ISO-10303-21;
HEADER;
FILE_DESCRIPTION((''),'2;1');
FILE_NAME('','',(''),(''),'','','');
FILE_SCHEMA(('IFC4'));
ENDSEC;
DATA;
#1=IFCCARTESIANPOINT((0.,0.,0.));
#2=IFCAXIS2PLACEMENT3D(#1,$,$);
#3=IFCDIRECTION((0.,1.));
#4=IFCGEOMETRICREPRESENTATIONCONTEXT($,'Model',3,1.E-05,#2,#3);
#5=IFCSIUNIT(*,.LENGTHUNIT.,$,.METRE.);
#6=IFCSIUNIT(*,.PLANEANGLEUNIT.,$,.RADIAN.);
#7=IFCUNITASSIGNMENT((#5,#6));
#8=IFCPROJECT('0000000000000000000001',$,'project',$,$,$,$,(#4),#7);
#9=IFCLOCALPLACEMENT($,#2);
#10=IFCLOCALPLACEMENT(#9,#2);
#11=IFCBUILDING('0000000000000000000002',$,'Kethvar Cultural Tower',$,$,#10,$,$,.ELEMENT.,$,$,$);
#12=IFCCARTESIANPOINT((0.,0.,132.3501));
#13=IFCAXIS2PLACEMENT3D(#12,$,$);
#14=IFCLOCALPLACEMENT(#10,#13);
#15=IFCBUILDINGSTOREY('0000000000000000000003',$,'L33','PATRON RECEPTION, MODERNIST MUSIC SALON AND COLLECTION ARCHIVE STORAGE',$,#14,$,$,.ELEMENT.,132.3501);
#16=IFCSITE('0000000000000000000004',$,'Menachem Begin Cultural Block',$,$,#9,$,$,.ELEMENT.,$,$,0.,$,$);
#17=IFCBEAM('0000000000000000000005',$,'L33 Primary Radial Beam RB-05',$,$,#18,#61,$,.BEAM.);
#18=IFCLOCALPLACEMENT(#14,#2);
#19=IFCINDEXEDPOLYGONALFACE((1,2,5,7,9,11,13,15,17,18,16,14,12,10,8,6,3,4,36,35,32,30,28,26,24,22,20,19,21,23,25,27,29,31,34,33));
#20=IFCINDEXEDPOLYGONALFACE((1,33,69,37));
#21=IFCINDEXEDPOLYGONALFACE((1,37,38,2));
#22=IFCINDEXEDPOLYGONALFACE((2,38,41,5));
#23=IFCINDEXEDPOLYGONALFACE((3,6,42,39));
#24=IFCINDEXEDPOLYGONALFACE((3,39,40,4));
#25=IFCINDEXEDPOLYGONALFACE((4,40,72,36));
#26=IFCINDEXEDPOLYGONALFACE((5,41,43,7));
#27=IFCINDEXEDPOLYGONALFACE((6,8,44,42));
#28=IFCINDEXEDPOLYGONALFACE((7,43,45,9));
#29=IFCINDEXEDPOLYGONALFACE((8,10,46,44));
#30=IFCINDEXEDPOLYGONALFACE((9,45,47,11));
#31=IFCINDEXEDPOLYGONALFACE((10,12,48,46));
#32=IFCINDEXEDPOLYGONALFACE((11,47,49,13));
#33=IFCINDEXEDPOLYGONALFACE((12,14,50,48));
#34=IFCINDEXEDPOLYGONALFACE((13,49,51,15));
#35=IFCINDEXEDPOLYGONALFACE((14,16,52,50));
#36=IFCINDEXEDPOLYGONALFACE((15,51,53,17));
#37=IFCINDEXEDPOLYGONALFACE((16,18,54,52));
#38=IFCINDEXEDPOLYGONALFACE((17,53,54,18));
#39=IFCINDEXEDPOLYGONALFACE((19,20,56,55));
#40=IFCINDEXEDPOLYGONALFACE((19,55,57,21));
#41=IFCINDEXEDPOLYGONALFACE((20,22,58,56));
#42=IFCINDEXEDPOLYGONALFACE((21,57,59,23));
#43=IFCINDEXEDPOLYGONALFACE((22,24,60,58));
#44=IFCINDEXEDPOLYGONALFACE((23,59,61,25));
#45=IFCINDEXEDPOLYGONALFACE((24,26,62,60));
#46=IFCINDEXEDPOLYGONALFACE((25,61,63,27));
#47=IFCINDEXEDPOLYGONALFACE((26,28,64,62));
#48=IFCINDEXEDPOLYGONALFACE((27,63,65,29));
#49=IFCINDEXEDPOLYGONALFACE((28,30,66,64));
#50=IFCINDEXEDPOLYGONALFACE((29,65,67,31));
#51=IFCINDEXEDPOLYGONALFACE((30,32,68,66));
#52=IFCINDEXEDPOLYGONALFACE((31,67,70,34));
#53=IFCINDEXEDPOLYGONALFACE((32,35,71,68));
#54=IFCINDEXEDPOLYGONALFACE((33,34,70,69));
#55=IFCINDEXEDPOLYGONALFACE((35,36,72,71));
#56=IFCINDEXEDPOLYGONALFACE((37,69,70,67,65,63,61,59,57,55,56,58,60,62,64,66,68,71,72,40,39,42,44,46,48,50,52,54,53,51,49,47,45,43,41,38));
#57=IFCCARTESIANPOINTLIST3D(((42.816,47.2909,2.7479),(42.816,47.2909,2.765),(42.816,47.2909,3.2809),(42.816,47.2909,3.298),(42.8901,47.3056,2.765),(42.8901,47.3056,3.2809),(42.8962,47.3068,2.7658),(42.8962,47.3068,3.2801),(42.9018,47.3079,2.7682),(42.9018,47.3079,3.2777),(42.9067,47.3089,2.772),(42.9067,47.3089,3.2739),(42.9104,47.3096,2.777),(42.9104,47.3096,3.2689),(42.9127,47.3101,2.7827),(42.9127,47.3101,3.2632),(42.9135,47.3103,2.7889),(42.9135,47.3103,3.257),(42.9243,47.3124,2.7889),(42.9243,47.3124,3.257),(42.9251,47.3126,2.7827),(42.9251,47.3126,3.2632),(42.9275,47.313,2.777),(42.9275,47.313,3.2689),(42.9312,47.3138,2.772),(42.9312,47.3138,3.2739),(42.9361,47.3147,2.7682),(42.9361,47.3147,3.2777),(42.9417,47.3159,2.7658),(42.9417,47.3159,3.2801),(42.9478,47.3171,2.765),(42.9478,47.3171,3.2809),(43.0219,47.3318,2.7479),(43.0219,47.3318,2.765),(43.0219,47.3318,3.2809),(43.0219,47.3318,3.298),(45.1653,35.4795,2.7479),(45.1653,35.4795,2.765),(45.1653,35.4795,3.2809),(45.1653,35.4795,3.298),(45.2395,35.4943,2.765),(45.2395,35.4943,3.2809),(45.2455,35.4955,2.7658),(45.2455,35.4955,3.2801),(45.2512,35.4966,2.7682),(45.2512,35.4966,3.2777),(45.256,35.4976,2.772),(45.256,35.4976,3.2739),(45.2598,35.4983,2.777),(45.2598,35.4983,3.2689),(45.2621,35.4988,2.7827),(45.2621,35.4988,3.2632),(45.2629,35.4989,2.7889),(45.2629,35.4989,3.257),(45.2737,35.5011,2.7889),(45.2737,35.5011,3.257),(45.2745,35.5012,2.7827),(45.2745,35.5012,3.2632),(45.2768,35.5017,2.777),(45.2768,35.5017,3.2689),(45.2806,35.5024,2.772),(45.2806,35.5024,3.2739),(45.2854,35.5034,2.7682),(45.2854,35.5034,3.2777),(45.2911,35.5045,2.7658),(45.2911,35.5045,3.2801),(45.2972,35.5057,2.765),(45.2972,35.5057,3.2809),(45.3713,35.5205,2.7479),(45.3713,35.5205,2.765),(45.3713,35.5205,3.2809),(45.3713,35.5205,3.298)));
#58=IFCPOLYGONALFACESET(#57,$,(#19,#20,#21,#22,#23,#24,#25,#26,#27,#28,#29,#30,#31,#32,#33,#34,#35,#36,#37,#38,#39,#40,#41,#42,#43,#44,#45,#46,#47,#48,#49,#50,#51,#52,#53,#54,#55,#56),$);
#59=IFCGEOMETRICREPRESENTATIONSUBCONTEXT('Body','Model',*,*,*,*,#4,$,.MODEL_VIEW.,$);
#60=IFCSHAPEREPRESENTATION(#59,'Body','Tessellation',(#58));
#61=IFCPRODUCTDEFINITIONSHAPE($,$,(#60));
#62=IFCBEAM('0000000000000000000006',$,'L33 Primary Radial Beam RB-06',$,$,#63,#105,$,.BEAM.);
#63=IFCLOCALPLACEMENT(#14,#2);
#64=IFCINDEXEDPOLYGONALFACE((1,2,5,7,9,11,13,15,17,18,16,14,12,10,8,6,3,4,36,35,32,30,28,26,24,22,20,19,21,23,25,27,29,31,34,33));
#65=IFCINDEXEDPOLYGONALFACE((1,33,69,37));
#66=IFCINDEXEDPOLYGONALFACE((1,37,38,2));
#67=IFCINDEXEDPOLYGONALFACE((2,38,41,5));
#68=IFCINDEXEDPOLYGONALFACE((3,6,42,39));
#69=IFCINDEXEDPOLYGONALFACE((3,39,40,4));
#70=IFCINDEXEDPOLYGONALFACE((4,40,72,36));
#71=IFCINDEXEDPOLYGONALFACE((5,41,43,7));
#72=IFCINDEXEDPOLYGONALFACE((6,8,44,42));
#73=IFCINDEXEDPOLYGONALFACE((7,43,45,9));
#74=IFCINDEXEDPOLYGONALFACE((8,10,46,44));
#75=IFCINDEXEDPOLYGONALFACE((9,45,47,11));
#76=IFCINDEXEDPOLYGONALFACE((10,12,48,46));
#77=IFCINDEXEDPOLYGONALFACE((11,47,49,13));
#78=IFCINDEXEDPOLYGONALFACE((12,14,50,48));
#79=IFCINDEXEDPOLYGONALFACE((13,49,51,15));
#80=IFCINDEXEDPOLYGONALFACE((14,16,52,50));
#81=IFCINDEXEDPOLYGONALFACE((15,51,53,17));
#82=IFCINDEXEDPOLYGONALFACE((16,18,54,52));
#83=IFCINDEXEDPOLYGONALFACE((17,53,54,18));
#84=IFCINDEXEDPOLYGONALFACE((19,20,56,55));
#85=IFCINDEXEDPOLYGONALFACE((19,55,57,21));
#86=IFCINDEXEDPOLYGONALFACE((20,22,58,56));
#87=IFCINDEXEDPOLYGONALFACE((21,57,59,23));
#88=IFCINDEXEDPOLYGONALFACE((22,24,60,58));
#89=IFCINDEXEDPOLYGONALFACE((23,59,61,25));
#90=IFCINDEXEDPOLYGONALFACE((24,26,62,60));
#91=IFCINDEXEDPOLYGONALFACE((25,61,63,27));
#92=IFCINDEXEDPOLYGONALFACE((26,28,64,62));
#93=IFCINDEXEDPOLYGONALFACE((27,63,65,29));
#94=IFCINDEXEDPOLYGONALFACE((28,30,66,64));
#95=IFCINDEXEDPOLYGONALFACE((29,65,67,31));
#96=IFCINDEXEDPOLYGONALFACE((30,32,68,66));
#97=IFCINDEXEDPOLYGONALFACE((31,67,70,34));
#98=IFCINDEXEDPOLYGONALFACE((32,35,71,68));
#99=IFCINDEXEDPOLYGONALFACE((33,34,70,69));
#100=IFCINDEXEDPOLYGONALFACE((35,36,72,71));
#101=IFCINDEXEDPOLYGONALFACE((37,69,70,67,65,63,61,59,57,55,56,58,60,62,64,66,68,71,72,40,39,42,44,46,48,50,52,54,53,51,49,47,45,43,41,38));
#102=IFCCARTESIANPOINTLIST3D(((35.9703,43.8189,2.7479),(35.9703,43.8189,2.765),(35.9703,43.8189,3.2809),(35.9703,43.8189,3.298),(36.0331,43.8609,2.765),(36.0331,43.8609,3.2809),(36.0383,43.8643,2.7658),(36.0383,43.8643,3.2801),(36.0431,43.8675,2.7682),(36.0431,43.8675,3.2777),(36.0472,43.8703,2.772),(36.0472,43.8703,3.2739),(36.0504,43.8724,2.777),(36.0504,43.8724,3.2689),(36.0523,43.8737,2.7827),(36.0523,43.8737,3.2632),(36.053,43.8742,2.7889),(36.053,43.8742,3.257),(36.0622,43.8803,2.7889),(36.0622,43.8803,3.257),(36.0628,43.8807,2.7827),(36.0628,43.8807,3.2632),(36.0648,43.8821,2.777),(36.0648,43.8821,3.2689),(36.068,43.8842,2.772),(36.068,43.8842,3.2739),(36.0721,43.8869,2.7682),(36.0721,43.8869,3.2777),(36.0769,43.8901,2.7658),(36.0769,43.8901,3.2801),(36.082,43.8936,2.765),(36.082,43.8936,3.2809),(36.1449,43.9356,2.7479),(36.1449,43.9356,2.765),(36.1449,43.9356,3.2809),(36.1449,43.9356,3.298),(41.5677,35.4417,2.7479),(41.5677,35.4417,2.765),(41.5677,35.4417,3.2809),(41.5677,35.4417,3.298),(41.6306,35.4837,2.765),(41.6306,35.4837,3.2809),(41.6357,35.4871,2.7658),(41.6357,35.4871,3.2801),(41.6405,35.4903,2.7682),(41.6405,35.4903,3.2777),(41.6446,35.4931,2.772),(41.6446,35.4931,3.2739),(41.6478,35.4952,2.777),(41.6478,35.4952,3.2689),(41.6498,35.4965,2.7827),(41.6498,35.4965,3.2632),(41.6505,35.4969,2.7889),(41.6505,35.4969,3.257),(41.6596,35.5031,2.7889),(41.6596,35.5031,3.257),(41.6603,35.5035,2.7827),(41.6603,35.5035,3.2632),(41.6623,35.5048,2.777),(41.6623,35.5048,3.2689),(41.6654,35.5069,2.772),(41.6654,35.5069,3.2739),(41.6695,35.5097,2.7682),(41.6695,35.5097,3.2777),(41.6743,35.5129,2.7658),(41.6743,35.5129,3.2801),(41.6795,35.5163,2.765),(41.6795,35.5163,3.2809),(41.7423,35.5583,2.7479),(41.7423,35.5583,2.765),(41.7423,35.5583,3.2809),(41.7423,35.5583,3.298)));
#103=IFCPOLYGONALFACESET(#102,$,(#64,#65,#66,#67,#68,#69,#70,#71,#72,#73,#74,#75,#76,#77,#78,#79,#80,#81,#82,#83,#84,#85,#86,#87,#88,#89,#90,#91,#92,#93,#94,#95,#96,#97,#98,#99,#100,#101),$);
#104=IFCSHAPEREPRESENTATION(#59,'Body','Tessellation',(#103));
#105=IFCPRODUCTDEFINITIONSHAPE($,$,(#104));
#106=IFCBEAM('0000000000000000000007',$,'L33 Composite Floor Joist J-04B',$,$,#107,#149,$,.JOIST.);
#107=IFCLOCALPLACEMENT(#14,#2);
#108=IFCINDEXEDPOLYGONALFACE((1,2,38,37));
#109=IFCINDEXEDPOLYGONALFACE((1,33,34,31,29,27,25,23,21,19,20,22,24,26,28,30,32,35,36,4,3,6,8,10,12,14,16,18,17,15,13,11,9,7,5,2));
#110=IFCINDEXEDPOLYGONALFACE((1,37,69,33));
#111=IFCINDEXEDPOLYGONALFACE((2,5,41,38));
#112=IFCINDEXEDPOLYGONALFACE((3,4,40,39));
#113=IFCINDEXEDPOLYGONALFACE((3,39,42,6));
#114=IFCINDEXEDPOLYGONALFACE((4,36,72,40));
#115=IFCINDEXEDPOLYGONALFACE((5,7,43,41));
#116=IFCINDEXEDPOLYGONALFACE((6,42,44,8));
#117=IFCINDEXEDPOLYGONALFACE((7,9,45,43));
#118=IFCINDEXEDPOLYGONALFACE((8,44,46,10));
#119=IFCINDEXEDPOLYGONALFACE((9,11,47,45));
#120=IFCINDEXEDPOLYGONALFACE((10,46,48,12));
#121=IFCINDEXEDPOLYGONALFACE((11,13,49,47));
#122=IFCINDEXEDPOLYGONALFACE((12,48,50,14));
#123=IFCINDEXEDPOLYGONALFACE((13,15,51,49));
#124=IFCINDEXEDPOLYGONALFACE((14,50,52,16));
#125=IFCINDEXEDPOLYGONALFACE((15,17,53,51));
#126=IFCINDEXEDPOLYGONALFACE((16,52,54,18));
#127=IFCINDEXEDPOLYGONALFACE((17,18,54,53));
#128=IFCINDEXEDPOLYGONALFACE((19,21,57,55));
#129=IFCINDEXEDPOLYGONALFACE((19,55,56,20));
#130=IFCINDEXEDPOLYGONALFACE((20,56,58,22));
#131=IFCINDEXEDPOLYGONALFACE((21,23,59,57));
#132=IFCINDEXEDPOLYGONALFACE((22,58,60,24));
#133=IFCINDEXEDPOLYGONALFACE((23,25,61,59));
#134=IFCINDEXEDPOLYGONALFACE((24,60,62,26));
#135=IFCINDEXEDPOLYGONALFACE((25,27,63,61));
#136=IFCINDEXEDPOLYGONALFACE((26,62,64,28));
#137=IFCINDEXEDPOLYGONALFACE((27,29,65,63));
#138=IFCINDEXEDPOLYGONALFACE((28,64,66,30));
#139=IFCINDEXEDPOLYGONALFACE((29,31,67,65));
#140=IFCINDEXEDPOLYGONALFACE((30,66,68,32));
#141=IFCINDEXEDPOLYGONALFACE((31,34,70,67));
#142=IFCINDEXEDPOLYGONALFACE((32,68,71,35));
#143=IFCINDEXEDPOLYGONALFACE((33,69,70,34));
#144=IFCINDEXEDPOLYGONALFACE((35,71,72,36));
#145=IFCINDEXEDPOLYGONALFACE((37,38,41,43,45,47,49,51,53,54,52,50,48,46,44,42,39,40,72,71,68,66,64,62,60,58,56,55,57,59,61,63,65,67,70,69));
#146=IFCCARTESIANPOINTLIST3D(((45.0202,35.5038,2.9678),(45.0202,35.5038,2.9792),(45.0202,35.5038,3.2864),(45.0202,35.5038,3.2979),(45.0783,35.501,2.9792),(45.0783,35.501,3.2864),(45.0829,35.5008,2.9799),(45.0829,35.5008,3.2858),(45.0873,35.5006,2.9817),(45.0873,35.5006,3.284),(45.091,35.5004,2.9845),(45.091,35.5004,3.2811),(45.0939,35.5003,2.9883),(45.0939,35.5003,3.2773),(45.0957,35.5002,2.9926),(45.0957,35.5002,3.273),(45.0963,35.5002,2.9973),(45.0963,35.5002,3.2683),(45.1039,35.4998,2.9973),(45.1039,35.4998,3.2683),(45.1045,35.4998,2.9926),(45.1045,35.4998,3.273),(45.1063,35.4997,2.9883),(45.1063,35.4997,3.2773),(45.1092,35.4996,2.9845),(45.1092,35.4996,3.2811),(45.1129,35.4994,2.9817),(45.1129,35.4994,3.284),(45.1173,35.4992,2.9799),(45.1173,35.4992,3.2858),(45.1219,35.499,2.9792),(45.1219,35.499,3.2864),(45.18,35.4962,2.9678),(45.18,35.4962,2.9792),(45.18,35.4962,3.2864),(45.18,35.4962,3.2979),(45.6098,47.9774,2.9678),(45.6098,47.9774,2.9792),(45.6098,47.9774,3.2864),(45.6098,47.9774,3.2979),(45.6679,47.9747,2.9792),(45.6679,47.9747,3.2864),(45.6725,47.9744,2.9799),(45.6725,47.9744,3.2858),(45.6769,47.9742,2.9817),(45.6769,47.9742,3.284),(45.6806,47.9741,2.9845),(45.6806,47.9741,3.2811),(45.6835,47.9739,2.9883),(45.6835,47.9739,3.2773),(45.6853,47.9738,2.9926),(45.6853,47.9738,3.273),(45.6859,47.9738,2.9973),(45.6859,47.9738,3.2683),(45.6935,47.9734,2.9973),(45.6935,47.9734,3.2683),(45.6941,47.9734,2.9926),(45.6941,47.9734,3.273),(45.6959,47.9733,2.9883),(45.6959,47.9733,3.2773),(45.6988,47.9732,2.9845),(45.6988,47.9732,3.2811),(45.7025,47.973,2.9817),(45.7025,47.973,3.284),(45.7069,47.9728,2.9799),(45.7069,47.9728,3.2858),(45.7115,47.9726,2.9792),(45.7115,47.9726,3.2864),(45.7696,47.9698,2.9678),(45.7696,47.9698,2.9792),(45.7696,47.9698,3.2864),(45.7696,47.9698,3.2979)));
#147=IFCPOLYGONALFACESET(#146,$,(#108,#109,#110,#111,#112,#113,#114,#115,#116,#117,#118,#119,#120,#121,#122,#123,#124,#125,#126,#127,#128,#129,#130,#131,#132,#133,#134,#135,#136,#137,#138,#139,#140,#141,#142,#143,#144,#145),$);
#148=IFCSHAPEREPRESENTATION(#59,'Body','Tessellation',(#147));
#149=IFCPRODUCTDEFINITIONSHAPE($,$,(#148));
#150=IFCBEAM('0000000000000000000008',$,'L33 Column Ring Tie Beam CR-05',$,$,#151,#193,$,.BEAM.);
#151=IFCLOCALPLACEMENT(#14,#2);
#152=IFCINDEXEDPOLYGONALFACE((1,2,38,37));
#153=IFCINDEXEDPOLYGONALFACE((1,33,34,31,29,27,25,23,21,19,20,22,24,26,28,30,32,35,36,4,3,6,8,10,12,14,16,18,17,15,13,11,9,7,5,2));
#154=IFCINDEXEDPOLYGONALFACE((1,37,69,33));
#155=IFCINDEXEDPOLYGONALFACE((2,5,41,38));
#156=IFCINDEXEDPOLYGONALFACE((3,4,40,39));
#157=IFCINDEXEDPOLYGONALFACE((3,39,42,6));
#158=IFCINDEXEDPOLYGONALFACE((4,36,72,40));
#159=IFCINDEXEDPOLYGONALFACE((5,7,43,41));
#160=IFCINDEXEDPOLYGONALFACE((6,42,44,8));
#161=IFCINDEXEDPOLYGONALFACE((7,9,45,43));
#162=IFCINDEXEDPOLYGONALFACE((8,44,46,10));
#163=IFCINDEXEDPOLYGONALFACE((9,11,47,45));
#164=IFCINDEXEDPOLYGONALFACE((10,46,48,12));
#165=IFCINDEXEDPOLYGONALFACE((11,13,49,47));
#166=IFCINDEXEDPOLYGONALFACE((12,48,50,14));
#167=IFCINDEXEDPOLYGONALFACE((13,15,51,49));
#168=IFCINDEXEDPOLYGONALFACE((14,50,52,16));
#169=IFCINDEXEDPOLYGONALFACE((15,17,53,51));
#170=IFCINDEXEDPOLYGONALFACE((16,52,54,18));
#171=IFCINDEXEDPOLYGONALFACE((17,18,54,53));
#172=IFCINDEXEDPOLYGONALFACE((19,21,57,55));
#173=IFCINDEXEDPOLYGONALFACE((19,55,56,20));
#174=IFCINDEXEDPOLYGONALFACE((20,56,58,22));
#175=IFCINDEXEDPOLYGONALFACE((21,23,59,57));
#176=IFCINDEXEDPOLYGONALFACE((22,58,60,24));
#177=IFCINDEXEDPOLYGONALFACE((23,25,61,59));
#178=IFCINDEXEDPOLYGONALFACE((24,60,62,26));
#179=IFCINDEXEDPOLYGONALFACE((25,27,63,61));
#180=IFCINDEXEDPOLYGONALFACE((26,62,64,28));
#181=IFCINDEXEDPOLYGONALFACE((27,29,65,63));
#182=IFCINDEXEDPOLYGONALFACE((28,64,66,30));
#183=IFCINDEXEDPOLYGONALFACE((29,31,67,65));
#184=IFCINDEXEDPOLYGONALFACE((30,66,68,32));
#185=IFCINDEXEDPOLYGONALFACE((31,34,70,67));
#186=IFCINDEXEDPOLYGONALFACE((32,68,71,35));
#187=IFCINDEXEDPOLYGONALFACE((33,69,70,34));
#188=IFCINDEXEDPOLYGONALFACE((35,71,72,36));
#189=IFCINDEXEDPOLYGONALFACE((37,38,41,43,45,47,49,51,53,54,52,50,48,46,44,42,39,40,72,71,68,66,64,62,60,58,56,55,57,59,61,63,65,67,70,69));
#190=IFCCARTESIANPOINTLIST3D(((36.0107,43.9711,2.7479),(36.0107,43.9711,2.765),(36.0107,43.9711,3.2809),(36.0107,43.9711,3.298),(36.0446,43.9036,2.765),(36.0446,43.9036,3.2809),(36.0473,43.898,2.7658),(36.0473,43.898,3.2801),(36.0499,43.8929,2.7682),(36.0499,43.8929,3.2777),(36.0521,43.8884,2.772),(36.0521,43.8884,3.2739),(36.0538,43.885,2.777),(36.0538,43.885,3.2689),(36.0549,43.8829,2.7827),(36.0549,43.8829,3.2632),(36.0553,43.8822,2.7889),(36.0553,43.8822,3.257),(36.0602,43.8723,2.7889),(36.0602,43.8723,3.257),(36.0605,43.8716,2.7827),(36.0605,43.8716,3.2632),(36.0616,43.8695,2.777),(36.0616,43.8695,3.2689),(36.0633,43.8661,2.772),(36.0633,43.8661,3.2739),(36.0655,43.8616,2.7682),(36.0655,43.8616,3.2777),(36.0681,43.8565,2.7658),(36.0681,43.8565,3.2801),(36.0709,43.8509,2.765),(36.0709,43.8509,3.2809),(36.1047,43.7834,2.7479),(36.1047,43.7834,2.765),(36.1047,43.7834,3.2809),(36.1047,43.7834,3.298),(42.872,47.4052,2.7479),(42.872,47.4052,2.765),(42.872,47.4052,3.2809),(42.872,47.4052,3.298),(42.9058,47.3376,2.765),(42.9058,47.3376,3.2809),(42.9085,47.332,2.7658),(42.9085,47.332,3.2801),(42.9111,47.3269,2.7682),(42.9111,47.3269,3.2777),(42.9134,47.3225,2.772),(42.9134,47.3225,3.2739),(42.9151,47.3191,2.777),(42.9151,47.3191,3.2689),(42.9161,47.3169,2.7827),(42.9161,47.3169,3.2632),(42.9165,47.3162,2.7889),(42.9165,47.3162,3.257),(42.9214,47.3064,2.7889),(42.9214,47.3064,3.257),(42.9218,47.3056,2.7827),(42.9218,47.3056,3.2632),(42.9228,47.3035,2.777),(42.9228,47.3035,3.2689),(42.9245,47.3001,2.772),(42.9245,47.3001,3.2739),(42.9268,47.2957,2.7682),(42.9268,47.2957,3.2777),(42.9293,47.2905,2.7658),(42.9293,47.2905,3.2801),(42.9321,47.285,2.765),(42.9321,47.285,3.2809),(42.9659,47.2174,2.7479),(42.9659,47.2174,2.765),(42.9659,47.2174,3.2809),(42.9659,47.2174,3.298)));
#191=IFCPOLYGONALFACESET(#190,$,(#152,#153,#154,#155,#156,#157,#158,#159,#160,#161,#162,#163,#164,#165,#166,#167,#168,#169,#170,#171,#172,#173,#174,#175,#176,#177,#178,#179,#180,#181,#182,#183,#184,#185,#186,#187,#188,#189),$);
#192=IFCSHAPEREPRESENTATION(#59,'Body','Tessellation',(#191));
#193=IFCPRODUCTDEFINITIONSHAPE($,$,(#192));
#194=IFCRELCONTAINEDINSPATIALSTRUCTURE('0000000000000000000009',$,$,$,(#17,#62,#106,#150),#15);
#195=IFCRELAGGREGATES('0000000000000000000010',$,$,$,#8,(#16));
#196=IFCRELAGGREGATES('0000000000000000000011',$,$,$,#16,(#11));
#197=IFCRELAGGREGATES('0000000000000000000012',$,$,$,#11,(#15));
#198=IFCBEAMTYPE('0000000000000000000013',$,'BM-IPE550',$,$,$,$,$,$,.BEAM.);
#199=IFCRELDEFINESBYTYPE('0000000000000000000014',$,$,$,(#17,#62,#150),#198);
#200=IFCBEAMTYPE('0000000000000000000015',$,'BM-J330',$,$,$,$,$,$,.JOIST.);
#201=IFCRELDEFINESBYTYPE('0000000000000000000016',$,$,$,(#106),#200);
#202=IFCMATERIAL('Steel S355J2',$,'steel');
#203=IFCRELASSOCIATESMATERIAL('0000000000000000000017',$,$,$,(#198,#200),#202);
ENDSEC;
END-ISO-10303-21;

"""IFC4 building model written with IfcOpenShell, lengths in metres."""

from ifc_helpers import new_model, si_unit, direction, frame, origin, origin_2d, place, context, subcontext, project, spatial, i_section, extrude, source, transform, mapped, material, material_profile, profile_set, type_object, element, save


model = new_model("IFC4")

# Units and contexts
model_context = context("Model", 3, precision=1e-05, world=origin(), true_north=direction((0.0, 1.0)))
body_context = subcontext(model_context, "Body", "Model", "MODEL_VIEW")
ifc_project = project(units=[si_unit("LENGTHUNIT", "METRE"), si_unit("PLANEANGLEUNIT", "RADIAN")], contexts=[model_context])

# Site, building, storey
site_placement = place(None, origin())
site = spatial("IfcSite", under=ifc_project, at=site_placement, Name="Menachem Begin Cultural Block", CompositionType="ELEMENT", RefElevation=0.0)
building_placement = place(site_placement, origin())
building = spatial("IfcBuilding", under=site, at=building_placement, Name="Kethvar Cultural Tower", CompositionType="ELEMENT")
storey_placement = place(building_placement, frame((0.0, 0.0, 132.3501)))
storey = spatial("IfcBuildingStorey", under=building, at=storey_placement, Name="L33", Description="PATRON RECEPTION, MODERNIST MUSIC SALON AND COLLECTION ARCHIVE STORAGE", CompositionType="ELEMENT", Elevation=132.3501)

# Beams
ifc_material_1 = material(Name="Steel S355J2", Category="steel")
ifc_material_profile_1 = material_profile(ifc_material_1, i_section(OverallWidth=0.21, OverallDepth=0.55, WebThickness=0.011, FlangeThickness=0.0171, FilletRadius=0.0239, at=origin_2d()), Name="Steel S355J2 — IPE550")
ifc_profile_set_1 = profile_set([ifc_material_profile_1], Name="Steel S355J2 — IPE550")
beam_type_1 = type_object("IfcBeamType", Name="BM-IPE550", PredefinedType="BEAM", material=ifc_profile_set_1)
shared_shape_1 = source(origin(), body_context, "Body", "SweptSolid", [
    extrude(i_section(OverallWidth=0.21, OverallDepth=0.55, WebThickness=0.011, FlangeThickness=0.0171, FilletRadius=0.0239, at=origin_2d()), origin(), (0.0, 0.0, 1.0), 12.0427),
])
beam_1_placement = place(storey_placement, frame((45.2683, 35.5, 3.0229), z_axis=(-0.195087, 0.980786, 0.0), x_axis=(-0.980786, -0.195087, 0.0)))
element("IfcBeam", 1, at=beam_1_placement, inside=storey, type_object=beam_type_1, Name="L33 Primary Radial Beam RB-05", PredefinedType="BEAM", context=body_context, shape_type="MappedRepresentation", body=[
    mapped(shared_shape_1, transform((0.0, 0.0, 0.0), scale=1.0)),
])
shared_shape_2 = source(origin(), body_context, "Body", "SweptSolid", [
    extrude(i_section(OverallWidth=0.21, OverallDepth=0.55, WebThickness=0.011, FlangeThickness=0.0171, FilletRadius=0.0239, at=origin_2d()), origin(), (0.0, 0.0, 1.0), 10.0752),
])
beam_2_placement = place(storey_placement, frame((41.655, 35.5, 3.0229), z_axis=(-0.555567, 0.831472, 0.0), x_axis=(-0.831472, -0.555567, 0.0)))
element("IfcBeam", 2, at=beam_2_placement, inside=storey, type_object=beam_type_1, Name="L33 Primary Radial Beam RB-06", PredefinedType="BEAM", context=body_context, shape_type="MappedRepresentation", body=[
    mapped(shared_shape_2, transform((0.0, 0.0, 0.0), scale=1.0)),
])
ifc_material_profile_2 = material_profile(ifc_material_1, i_section(OverallWidth=0.1599, OverallDepth=0.3301, WebThickness=0.0076, FlangeThickness=0.0115, FilletRadius=0.0181, at=origin_2d()), Name="Steel S355J2 — IPE330")
ifc_profile_set_2 = profile_set([ifc_material_profile_2], Name="Steel S355J2 — IPE330")
beam_type_2 = type_object("IfcBeamType", Name="BM-J330", PredefinedType="JOIST", material=ifc_profile_set_2)
shared_shape_3 = source(origin(), body_context, "Body", "SweptSolid", [
    extrude(i_section(OverallWidth=0.1599, OverallDepth=0.3301, WebThickness=0.0076, FlangeThickness=0.0115, FilletRadius=0.0181, at=origin_2d()), origin(), (0.0, 0.0, 1.0), 12.4875),
])
beam_3_placement = place(storey_placement, frame((45.1001, 35.5, 3.1328), z_axis=(0.047215, 0.998885, 0.0), x_axis=(-0.998885, 0.047215, 0.0)))
element("IfcBeam", 3, at=beam_3_placement, inside=storey, type_object=beam_type_2, Name="L33 Composite Floor Joist J-04B", PredefinedType="JOIST", context=body_context, shape_type="MappedRepresentation", body=[
    mapped(shared_shape_3, transform((0.0, 0.0, 0.0), scale=1.0)),
])
shared_shape_4 = source(origin(), body_context, "Body", "SweptSolid", [
    extrude(i_section(OverallWidth=0.21, OverallDepth=0.55, WebThickness=0.011, FlangeThickness=0.0171, FilletRadius=0.0239, at=origin_2d()), origin(), (0.0, 0.0, 1.0), 7.6726),
])
beam_4_placement = place(storey_placement, frame((42.9189, 47.3113, 3.0229), z_axis=(-0.894249, -0.44757, 0.0), x_axis=(0.44757, -0.894249, 0.0)))
element("IfcBeam", 4, at=beam_4_placement, inside=storey, type_object=beam_type_1, Name="L33 Column Ring Tie Beam CR-05", PredefinedType="BEAM", context=body_context, shape_type="MappedRepresentation", body=[
    mapped(shared_shape_4, transform((0.0, 0.0, 0.0), scale=1.0)),
])

save(model, "model.ifc")
